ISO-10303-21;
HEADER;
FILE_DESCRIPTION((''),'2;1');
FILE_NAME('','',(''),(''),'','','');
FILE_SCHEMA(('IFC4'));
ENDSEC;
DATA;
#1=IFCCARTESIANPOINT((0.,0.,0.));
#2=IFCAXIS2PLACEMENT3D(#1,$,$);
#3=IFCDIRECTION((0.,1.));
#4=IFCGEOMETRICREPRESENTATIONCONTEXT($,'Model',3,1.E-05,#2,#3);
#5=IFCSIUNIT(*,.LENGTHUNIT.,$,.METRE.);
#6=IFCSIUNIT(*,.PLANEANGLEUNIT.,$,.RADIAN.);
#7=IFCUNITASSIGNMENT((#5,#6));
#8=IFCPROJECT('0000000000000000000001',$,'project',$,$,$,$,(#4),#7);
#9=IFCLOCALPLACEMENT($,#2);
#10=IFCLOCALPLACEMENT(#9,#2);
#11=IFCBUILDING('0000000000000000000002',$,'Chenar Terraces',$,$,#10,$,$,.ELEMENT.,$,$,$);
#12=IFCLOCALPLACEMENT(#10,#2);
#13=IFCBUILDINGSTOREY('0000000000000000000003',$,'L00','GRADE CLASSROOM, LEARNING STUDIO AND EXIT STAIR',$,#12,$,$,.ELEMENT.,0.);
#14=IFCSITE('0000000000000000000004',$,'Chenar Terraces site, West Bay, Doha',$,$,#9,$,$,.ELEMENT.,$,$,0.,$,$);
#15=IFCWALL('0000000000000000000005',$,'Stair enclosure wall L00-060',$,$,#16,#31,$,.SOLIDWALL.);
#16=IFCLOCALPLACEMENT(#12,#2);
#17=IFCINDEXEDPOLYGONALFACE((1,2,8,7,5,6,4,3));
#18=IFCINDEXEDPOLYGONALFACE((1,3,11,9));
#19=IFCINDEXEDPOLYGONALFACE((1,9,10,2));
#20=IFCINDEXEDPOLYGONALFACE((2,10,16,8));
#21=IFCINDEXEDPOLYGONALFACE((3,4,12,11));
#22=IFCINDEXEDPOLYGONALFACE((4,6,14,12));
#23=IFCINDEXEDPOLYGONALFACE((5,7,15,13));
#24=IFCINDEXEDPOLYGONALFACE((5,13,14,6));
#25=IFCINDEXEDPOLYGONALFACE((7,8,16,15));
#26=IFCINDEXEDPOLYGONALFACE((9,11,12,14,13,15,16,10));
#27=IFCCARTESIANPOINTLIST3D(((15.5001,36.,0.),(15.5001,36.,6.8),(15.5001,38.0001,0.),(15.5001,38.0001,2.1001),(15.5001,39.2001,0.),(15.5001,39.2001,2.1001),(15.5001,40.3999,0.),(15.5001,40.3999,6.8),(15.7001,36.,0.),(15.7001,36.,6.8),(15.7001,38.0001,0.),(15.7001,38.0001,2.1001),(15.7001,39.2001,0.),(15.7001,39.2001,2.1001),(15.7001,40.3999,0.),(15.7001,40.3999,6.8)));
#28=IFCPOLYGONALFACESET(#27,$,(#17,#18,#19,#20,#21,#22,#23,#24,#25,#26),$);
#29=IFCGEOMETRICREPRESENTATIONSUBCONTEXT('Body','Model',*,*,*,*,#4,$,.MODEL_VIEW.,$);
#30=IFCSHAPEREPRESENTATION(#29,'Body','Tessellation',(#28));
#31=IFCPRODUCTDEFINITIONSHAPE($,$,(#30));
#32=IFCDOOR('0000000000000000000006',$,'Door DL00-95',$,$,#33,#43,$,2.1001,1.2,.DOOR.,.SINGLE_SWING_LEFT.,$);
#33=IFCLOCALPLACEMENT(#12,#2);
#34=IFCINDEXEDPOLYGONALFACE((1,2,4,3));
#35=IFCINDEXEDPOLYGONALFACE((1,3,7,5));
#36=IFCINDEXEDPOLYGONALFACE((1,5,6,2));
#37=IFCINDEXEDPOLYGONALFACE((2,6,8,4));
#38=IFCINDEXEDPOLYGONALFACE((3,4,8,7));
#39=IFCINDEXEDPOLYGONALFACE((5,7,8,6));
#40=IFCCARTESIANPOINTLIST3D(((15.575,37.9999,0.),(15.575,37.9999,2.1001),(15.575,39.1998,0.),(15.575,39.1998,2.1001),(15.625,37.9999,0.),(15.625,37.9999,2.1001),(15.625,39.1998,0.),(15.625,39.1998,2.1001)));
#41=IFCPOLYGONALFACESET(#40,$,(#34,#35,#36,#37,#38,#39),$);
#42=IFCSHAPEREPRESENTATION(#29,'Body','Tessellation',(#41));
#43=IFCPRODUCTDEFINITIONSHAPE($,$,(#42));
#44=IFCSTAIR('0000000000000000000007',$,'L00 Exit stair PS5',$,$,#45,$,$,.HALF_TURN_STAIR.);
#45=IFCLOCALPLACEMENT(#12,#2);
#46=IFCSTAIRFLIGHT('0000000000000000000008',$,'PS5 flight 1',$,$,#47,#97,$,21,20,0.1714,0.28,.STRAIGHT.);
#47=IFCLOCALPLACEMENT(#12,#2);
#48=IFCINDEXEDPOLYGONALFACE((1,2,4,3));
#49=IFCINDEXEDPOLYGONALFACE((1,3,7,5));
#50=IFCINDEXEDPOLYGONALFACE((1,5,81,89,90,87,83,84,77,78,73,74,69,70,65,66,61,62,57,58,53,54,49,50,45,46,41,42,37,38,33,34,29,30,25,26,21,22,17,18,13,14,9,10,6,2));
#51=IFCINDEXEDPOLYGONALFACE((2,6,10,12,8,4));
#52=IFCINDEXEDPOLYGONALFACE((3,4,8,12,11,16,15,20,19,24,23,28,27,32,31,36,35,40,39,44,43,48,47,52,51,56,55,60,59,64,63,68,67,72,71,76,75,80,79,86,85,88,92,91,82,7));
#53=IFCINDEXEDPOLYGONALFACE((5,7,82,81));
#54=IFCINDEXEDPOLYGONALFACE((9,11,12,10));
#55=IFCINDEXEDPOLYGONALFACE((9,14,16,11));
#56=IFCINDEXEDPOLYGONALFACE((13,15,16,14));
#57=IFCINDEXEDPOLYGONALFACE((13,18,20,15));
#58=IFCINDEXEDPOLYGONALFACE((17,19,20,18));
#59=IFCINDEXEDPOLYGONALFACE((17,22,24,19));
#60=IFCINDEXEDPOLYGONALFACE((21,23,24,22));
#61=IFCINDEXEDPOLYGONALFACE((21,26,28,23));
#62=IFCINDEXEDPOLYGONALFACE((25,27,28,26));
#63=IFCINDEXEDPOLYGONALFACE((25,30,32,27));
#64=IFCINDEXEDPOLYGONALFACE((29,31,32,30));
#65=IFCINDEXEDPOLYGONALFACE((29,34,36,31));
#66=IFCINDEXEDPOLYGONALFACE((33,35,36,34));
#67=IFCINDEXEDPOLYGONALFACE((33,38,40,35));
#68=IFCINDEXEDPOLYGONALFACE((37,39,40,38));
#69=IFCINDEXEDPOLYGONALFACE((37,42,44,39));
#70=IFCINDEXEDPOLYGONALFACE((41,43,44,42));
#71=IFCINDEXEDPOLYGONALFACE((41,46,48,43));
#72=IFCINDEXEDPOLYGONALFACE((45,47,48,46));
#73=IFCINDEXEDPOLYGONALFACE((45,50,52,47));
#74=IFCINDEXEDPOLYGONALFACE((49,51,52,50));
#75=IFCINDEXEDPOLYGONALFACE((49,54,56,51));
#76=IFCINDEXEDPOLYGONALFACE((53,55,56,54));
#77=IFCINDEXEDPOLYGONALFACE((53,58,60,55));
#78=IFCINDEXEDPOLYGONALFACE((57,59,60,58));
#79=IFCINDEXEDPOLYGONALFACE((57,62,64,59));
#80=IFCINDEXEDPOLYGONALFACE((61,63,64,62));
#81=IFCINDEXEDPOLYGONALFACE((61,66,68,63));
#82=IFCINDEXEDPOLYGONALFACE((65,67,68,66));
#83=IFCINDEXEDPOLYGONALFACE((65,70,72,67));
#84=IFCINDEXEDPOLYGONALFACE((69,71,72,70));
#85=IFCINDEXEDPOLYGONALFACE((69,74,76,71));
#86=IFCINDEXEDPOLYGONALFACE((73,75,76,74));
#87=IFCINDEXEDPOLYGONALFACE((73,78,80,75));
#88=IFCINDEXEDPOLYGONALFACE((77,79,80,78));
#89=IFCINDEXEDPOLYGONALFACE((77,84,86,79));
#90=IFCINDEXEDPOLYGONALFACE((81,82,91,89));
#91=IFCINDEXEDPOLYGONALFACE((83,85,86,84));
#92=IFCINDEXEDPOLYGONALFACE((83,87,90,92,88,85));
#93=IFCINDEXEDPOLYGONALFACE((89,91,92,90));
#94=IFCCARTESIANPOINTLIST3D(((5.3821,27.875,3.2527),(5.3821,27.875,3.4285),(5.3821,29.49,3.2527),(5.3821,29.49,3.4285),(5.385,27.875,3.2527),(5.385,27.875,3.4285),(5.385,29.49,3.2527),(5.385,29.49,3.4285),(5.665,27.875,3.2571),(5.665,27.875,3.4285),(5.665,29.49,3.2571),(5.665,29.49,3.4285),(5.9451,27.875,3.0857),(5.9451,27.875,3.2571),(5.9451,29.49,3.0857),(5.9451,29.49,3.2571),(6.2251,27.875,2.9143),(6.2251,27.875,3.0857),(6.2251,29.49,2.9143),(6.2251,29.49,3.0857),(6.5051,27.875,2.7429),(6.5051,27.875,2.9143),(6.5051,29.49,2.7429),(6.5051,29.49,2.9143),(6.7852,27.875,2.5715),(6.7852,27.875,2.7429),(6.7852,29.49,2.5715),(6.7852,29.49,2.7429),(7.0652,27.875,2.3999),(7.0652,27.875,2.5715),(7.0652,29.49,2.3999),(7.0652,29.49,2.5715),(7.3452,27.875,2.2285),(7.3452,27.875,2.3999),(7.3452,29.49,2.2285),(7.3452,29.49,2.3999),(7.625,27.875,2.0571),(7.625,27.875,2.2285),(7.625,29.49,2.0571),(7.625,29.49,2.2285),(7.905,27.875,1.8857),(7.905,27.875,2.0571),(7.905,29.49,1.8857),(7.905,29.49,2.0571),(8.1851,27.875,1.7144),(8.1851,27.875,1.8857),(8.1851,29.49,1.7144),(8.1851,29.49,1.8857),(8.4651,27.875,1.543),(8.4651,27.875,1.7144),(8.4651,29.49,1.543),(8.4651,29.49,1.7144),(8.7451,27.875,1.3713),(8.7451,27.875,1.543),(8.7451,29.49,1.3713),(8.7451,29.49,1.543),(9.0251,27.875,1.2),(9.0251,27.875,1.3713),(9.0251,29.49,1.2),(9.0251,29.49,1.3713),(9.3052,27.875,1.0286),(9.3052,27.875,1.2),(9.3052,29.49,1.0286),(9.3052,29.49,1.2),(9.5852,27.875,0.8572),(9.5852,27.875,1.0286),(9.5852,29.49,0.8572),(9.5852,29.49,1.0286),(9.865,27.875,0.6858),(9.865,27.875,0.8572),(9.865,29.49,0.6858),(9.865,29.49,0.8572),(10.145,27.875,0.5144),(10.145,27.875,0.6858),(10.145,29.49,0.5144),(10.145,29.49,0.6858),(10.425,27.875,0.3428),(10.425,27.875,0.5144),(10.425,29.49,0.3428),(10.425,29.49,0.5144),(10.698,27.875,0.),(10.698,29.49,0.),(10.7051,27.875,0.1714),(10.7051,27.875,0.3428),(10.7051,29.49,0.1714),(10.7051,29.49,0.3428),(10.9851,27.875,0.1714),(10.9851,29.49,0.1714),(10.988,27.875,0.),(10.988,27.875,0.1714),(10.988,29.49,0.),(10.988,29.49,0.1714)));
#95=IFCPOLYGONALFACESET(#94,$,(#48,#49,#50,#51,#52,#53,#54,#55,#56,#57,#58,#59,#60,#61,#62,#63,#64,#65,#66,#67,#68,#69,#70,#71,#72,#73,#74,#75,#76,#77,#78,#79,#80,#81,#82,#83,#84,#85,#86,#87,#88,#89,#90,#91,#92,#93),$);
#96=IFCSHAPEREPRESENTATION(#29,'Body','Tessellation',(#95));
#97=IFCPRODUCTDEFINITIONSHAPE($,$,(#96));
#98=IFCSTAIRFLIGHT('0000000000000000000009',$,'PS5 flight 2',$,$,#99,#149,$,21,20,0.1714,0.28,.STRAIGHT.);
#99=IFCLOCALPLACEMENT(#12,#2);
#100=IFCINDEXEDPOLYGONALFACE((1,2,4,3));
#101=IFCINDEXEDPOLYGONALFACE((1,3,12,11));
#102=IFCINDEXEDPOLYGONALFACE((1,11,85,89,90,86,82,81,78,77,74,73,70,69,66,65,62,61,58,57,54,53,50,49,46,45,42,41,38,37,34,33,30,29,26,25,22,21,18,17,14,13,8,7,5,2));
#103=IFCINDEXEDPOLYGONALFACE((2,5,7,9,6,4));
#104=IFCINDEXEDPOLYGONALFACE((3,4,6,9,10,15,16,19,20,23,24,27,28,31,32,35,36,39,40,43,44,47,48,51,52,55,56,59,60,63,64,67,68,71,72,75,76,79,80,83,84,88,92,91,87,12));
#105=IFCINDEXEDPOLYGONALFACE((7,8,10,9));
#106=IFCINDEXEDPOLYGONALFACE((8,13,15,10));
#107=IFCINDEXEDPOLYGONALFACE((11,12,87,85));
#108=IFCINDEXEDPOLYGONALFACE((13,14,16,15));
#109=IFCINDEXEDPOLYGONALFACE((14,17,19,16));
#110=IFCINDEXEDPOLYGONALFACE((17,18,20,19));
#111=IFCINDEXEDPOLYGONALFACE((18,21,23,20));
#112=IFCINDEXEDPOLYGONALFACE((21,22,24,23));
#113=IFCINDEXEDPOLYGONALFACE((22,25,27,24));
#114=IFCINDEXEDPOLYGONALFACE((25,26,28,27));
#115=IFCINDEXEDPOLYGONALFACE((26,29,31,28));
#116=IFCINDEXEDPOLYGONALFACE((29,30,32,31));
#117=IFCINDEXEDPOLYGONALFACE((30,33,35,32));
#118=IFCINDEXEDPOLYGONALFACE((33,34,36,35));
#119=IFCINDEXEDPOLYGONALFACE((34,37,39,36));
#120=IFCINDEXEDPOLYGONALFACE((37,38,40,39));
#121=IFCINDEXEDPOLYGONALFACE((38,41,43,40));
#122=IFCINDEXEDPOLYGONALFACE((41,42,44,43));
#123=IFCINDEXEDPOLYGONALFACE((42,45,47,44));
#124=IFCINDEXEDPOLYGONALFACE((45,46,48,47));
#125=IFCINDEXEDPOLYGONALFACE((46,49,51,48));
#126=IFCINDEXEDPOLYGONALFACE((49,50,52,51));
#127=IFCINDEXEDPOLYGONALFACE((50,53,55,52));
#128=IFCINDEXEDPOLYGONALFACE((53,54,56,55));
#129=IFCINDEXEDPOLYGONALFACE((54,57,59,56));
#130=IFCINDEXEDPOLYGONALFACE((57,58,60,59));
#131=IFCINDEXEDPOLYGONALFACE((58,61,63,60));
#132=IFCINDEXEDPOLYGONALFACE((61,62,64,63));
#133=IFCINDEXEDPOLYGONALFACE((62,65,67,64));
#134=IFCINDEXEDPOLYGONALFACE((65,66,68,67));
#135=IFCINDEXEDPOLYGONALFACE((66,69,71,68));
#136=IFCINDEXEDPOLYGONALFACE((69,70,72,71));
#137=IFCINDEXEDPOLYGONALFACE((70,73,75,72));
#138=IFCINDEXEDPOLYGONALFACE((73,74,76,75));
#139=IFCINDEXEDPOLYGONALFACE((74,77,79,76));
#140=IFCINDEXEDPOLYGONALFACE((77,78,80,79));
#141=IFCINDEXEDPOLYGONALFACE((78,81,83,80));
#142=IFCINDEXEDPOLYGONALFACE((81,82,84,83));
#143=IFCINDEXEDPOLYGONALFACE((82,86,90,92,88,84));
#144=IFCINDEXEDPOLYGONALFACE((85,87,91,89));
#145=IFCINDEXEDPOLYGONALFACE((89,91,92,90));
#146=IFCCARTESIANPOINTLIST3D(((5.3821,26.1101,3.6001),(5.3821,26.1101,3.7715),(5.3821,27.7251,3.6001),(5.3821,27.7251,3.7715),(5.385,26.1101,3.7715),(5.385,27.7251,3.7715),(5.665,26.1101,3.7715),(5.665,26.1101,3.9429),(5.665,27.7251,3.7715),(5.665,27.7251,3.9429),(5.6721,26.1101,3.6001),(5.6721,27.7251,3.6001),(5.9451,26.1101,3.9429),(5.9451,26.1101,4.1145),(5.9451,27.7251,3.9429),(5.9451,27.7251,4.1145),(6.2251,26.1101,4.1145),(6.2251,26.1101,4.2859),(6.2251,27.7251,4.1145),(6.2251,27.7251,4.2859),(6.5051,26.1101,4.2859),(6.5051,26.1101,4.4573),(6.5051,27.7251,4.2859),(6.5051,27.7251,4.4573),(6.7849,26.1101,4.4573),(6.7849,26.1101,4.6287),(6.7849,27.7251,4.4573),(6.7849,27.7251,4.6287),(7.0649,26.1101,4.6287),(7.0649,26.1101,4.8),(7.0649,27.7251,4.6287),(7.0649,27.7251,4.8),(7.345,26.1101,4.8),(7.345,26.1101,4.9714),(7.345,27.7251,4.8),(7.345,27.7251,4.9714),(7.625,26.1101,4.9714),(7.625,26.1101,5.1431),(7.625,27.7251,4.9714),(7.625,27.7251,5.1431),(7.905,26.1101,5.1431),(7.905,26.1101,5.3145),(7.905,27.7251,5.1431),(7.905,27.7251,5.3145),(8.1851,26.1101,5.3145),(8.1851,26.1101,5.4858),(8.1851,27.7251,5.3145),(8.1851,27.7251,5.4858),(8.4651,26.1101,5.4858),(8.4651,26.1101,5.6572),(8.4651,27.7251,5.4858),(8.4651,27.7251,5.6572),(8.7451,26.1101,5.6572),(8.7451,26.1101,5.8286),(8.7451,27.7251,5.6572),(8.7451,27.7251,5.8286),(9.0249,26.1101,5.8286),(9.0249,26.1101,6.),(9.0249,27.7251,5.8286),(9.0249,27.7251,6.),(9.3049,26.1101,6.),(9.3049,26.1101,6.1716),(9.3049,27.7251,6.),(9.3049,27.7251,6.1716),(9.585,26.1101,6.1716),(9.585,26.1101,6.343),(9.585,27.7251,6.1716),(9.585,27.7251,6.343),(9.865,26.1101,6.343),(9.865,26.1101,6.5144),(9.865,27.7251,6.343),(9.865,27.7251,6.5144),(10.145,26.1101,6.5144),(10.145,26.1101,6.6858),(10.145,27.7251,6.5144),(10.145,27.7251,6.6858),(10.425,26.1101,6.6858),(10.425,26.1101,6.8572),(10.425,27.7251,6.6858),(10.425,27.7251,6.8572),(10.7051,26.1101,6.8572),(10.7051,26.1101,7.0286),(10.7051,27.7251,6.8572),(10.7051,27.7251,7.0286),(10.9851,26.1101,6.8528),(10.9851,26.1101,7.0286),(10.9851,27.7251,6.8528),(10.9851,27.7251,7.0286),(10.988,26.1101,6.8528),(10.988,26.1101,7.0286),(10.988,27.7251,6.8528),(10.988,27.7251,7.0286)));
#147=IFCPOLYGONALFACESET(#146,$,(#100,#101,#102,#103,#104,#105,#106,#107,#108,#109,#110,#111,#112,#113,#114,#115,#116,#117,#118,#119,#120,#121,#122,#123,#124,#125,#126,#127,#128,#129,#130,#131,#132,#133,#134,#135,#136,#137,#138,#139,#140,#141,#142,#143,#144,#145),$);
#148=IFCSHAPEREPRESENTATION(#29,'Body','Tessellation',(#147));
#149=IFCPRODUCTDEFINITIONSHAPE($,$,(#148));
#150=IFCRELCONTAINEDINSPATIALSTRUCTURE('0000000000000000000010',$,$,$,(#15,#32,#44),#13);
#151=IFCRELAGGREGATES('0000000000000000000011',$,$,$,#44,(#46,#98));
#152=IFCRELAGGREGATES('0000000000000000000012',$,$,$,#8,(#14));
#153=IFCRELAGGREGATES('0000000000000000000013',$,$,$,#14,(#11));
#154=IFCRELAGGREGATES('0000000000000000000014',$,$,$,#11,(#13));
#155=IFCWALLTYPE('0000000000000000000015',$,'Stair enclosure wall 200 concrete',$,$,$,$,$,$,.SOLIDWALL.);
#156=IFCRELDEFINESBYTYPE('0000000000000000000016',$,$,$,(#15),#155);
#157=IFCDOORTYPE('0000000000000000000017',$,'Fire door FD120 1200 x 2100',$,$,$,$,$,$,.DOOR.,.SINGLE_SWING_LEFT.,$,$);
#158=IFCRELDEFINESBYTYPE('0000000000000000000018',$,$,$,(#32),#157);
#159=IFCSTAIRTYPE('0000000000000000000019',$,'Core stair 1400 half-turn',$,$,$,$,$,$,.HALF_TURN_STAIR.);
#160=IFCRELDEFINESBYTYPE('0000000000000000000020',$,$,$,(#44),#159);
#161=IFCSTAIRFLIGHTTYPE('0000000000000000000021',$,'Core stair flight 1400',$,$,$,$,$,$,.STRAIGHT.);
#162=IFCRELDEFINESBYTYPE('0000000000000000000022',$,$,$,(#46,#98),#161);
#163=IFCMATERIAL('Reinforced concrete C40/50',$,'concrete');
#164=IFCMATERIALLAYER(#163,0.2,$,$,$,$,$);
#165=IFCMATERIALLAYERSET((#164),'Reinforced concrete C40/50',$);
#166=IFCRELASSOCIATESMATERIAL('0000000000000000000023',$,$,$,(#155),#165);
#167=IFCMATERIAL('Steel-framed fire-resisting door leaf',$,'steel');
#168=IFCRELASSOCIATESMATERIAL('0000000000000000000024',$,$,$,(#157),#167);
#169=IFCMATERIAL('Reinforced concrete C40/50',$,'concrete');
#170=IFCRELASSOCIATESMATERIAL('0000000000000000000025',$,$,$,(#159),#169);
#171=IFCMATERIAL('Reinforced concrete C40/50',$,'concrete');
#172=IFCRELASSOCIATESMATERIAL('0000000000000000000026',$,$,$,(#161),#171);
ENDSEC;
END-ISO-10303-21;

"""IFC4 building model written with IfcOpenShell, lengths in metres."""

from ifc_helpers import new_model, si_unit, direction, frame, frame_2d, origin, place, context, subcontext, project, spatial, polyline, rectangle, outline, extrude, material, layer, layer_set, type_object, element, fill, aggregate, save


model = new_model("IFC4")

# Units and contexts
model_context = context("Model", 3, precision=1e-05, world=origin(), true_north=direction((0.0, 1.0)))
body_context = subcontext(model_context, "Body", "Model", "MODEL_VIEW")
ifc_project = project(units=[si_unit("LENGTHUNIT", "METRE"), si_unit("PLANEANGLEUNIT", "RADIAN")], contexts=[model_context])

# Site, building, storey
site_placement = place(None, origin())
site = spatial("IfcSite", under=ifc_project, at=site_placement, Name="Chenar Terraces site, West Bay, Doha", CompositionType="ELEMENT", RefElevation=0.0)
building_placement = place(site_placement, origin())
building = spatial("IfcBuilding", under=site, at=building_placement, Name="Chenar Terraces", CompositionType="ELEMENT")
storey_placement = place(building_placement, origin())
storey = spatial("IfcBuildingStorey", under=building, at=storey_placement, Name="L00", Description="GRADE CLASSROOM, LEARNING STUDIO AND EXIT STAIR", CompositionType="ELEMENT", Elevation=0.0)

# Shared definitions
ifc_material_1 = material(Name="Reinforced concrete C40/50", Category="concrete")
ifc_layer_1 = layer(ifc_material_1, 0.2)
ifc_layer_set_1 = layer_set([ifc_layer_1], Name="Reinforced concrete C40/50")
wall_type_1 = type_object("IfcWallType", Name="Stair enclosure wall 200 concrete", PredefinedType="SOLIDWALL", material=ifc_layer_set_1)
ifc_material_2 = material(Name="Steel-framed fire-resisting door leaf", Category="steel")
door_type_1 = type_object("IfcDoorType", Name="Fire door FD120 1200 x 2100", OperationType="SINGLE_SWING_LEFT", PredefinedType="DOOR", material=ifc_material_2)

# Wall, opening, door
wall_1_placement = place(storey_placement, frame((15.6001, 36.0, 0.0), z_axis=(0.0, 0.0, 1.0), x_axis=(0.0, 1.0, 0.0)))
wall_1 = element("IfcWall", 1, at=wall_1_placement, inside=storey, type_object=wall_type_1, Name="Stair enclosure wall L00-060", PredefinedType="SOLIDWALL", context=body_context, shape_type="SweptSolid", body=[
    extrude(rectangle(XDim=4.3999, YDim=0.2, at=frame_2d((2.2, 0.0))), origin(), (0.0, 0.0, 1.0), 6.8),
])
opening_1_placement = place(wall_1_placement, frame((2.0, 0.0, 0.0)))
opening_1 = element("IfcOpeningElement", 2, at=opening_1_placement, cuts=wall_1, PredefinedType="OPENING", context=body_context, shape_type="SweptSolid", body=[
    extrude(rectangle(XDim=1.2, YDim=2.1001, at=frame_2d((0.6001, 1.05))), frame((0.0, 0.1099, 0.0), z_axis=(0.0, -1.0, 0.0), x_axis=(1.0, 0.0, 0.0)), (0.0, 0.0, 1.0), 0.22),
])
door_1_placement = place(opening_1_placement, frame((1.2, 0.0, 0.0), z_axis=(0.0, 0.0, 1.0), x_axis=(-1.0, 0.0, 0.0)))
door_1 = element("IfcDoor", 3, at=door_1_placement, inside=storey, type_object=door_type_1, Name="Door DL00-95", OperationType="SINGLE_SWING_LEFT", OverallHeight=2.1001, OverallWidth=1.2, PredefinedType="DOOR", context=body_context, shape_type="SweptSolid", body=[
    extrude(rectangle(XDim=1.2, YDim=2.1001, at=frame_2d((0.6001, 1.05))), frame((0.0, 0.0249, 0.0), z_axis=(0.0, -1.0, 0.0), x_axis=(1.0, 0.0, 0.0)), (0.0, 0.0, 1.0), 0.05),
])
fill(opening_1, door_1)

# Stair, stair flights
ifc_material_3 = material(Name="Reinforced concrete C40/50", Category="concrete")
stair_type = type_object("IfcStairType", Name="Core stair 1400 half-turn", PredefinedType="HALF_TURN_STAIR", material=ifc_material_3)
placement = place(storey_placement, origin())
stair_1 = element("IfcStair", 4, at=placement, inside=storey, type_object=stair_type, Name="L00 Exit stair PS5", PredefinedType="HALF_TURN_STAIR")
ifc_material_4 = material(Name="Reinforced concrete C40/50", Category="concrete")
stair_flight_type = type_object("IfcStairFlightType", Name="Core stair flight 1400", PredefinedType="STRAIGHT", material=ifc_material_4)
stair_flight_1_placement = place(storey_placement, frame((10.9851, 28.6826, 0.0), z_axis=(0.0, 0.0, 1.0), x_axis=(-1.0, 0.0, 0.0)))
stair_flight_1 = element("IfcStairFlight", 5, at=stair_flight_1_placement, type_object=stair_flight_type, Name="PS5 flight 1", NumberOfRisers=21, NumberOfTreads=20, PredefinedType="STRAIGHT", RiserHeight=0.1714, TreadLength=0.28, context=body_context, shape_type="SweptSolid", body=[
    extrude(outline(polyline([(-0.0029, 0.0), (-0.0029, 0.1714), (0.0, 0.1714), (0.28, 0.1714), (0.28, 0.3428), (0.5601, 0.3428), (0.5601, 0.5144), (0.8401, 0.5144), (0.8401, 0.6858), (1.1201, 0.6858), (1.1201, 0.8572), (1.3999, 0.8572), (1.3999, 1.0286), (1.6799, 1.0286), (1.6799, 1.2), (1.96, 1.2), (1.96, 1.3713), (2.24, 1.3713), (2.24, 1.543), (2.52, 1.543), (2.52, 1.7144), (2.8, 1.7144), (2.8, 1.8857), (3.0801, 1.8857), (3.0801, 2.0571), (3.3601, 2.0571), (3.3601, 2.2285), (3.6399, 2.2285), (3.6399, 2.3999), (3.9199, 2.3999), (3.9199, 2.5715), (4.2, 2.5715), (4.2, 2.7429), (4.48, 2.7429), (4.48, 2.9143), (4.76, 2.9143), (4.76, 3.0857), (5.04, 3.0857), (5.04, 3.2571), (5.3201, 3.2571), (5.3201, 3.4285), (5.6001, 3.4285), (5.603, 3.4285), (5.603, 3.2527), (5.6001, 3.2527), (0.2871, 0.0), (-0.0029, 0.0)])), frame((0.0, 0.8076, 0.0), z_axis=(0.0, -1.0, 0.0), x_axis=(1.0, 0.0, 0.0)), (0.0, 0.0, 1.0), 1.615),
])
stair_flight_2_placement = place(storey_placement, frame((5.385, 26.9175, 3.6001), z_axis=(0.0, 0.0, 1.0), x_axis=(1.0, 0.0, 0.0)))
stair_flight_2 = element("IfcStairFlight", 6, at=stair_flight_2_placement, type_object=stair_flight_type, Name="PS5 flight 2", NumberOfRisers=21, NumberOfTreads=20, PredefinedType="STRAIGHT", RiserHeight=0.1714, TreadLength=0.28, context=body_context, shape_type="SweptSolid", body=[
    extrude(outline(polyline([(-0.0029, 0.0), (-0.0029, 0.1714), (0.0, 0.1714), (0.28, 0.1714), (0.28, 0.3428), (0.5601, 0.3428), (0.5601, 0.5144), (0.8401, 0.5144), (0.8401, 0.6858), (1.1201, 0.6858), (1.1201, 0.8572), (1.3999, 0.8572), (1.3999, 1.0286), (1.6799, 1.0286), (1.6799, 1.2), (1.96, 1.2), (1.96, 1.3713), (2.24, 1.3713), (2.24, 1.543), (2.52, 1.543), (2.52, 1.7144), (2.8, 1.7144), (2.8, 1.8857), (3.0801, 1.8857), (3.0801, 2.0571), (3.3601, 2.0571), (3.3601, 2.2285), (3.6399, 2.2285), (3.6399, 2.3999), (3.9199, 2.3999), (3.9199, 2.5715), (4.2, 2.5715), (4.2, 2.7429), (4.48, 2.7429), (4.48, 2.9143), (4.76, 2.9143), (4.76, 3.0857), (5.04, 3.0857), (5.04, 3.2571), (5.3201, 3.2571), (5.3201, 3.4285), (5.6001, 3.4285), (5.603, 3.4285), (5.603, 3.2527), (5.6001, 3.2527), (0.2871, 0.0), (-0.0029, 0.0)])), frame((0.0, 0.8076, 0.0), z_axis=(0.0, -1.0, 0.0), x_axis=(1.0, 0.0, 0.0)), (0.0, 0.0, 1.0), 1.615),
])
aggregate(stair_1, [stair_flight_1, stair_flight_2])

save(model, "model.ifc")
